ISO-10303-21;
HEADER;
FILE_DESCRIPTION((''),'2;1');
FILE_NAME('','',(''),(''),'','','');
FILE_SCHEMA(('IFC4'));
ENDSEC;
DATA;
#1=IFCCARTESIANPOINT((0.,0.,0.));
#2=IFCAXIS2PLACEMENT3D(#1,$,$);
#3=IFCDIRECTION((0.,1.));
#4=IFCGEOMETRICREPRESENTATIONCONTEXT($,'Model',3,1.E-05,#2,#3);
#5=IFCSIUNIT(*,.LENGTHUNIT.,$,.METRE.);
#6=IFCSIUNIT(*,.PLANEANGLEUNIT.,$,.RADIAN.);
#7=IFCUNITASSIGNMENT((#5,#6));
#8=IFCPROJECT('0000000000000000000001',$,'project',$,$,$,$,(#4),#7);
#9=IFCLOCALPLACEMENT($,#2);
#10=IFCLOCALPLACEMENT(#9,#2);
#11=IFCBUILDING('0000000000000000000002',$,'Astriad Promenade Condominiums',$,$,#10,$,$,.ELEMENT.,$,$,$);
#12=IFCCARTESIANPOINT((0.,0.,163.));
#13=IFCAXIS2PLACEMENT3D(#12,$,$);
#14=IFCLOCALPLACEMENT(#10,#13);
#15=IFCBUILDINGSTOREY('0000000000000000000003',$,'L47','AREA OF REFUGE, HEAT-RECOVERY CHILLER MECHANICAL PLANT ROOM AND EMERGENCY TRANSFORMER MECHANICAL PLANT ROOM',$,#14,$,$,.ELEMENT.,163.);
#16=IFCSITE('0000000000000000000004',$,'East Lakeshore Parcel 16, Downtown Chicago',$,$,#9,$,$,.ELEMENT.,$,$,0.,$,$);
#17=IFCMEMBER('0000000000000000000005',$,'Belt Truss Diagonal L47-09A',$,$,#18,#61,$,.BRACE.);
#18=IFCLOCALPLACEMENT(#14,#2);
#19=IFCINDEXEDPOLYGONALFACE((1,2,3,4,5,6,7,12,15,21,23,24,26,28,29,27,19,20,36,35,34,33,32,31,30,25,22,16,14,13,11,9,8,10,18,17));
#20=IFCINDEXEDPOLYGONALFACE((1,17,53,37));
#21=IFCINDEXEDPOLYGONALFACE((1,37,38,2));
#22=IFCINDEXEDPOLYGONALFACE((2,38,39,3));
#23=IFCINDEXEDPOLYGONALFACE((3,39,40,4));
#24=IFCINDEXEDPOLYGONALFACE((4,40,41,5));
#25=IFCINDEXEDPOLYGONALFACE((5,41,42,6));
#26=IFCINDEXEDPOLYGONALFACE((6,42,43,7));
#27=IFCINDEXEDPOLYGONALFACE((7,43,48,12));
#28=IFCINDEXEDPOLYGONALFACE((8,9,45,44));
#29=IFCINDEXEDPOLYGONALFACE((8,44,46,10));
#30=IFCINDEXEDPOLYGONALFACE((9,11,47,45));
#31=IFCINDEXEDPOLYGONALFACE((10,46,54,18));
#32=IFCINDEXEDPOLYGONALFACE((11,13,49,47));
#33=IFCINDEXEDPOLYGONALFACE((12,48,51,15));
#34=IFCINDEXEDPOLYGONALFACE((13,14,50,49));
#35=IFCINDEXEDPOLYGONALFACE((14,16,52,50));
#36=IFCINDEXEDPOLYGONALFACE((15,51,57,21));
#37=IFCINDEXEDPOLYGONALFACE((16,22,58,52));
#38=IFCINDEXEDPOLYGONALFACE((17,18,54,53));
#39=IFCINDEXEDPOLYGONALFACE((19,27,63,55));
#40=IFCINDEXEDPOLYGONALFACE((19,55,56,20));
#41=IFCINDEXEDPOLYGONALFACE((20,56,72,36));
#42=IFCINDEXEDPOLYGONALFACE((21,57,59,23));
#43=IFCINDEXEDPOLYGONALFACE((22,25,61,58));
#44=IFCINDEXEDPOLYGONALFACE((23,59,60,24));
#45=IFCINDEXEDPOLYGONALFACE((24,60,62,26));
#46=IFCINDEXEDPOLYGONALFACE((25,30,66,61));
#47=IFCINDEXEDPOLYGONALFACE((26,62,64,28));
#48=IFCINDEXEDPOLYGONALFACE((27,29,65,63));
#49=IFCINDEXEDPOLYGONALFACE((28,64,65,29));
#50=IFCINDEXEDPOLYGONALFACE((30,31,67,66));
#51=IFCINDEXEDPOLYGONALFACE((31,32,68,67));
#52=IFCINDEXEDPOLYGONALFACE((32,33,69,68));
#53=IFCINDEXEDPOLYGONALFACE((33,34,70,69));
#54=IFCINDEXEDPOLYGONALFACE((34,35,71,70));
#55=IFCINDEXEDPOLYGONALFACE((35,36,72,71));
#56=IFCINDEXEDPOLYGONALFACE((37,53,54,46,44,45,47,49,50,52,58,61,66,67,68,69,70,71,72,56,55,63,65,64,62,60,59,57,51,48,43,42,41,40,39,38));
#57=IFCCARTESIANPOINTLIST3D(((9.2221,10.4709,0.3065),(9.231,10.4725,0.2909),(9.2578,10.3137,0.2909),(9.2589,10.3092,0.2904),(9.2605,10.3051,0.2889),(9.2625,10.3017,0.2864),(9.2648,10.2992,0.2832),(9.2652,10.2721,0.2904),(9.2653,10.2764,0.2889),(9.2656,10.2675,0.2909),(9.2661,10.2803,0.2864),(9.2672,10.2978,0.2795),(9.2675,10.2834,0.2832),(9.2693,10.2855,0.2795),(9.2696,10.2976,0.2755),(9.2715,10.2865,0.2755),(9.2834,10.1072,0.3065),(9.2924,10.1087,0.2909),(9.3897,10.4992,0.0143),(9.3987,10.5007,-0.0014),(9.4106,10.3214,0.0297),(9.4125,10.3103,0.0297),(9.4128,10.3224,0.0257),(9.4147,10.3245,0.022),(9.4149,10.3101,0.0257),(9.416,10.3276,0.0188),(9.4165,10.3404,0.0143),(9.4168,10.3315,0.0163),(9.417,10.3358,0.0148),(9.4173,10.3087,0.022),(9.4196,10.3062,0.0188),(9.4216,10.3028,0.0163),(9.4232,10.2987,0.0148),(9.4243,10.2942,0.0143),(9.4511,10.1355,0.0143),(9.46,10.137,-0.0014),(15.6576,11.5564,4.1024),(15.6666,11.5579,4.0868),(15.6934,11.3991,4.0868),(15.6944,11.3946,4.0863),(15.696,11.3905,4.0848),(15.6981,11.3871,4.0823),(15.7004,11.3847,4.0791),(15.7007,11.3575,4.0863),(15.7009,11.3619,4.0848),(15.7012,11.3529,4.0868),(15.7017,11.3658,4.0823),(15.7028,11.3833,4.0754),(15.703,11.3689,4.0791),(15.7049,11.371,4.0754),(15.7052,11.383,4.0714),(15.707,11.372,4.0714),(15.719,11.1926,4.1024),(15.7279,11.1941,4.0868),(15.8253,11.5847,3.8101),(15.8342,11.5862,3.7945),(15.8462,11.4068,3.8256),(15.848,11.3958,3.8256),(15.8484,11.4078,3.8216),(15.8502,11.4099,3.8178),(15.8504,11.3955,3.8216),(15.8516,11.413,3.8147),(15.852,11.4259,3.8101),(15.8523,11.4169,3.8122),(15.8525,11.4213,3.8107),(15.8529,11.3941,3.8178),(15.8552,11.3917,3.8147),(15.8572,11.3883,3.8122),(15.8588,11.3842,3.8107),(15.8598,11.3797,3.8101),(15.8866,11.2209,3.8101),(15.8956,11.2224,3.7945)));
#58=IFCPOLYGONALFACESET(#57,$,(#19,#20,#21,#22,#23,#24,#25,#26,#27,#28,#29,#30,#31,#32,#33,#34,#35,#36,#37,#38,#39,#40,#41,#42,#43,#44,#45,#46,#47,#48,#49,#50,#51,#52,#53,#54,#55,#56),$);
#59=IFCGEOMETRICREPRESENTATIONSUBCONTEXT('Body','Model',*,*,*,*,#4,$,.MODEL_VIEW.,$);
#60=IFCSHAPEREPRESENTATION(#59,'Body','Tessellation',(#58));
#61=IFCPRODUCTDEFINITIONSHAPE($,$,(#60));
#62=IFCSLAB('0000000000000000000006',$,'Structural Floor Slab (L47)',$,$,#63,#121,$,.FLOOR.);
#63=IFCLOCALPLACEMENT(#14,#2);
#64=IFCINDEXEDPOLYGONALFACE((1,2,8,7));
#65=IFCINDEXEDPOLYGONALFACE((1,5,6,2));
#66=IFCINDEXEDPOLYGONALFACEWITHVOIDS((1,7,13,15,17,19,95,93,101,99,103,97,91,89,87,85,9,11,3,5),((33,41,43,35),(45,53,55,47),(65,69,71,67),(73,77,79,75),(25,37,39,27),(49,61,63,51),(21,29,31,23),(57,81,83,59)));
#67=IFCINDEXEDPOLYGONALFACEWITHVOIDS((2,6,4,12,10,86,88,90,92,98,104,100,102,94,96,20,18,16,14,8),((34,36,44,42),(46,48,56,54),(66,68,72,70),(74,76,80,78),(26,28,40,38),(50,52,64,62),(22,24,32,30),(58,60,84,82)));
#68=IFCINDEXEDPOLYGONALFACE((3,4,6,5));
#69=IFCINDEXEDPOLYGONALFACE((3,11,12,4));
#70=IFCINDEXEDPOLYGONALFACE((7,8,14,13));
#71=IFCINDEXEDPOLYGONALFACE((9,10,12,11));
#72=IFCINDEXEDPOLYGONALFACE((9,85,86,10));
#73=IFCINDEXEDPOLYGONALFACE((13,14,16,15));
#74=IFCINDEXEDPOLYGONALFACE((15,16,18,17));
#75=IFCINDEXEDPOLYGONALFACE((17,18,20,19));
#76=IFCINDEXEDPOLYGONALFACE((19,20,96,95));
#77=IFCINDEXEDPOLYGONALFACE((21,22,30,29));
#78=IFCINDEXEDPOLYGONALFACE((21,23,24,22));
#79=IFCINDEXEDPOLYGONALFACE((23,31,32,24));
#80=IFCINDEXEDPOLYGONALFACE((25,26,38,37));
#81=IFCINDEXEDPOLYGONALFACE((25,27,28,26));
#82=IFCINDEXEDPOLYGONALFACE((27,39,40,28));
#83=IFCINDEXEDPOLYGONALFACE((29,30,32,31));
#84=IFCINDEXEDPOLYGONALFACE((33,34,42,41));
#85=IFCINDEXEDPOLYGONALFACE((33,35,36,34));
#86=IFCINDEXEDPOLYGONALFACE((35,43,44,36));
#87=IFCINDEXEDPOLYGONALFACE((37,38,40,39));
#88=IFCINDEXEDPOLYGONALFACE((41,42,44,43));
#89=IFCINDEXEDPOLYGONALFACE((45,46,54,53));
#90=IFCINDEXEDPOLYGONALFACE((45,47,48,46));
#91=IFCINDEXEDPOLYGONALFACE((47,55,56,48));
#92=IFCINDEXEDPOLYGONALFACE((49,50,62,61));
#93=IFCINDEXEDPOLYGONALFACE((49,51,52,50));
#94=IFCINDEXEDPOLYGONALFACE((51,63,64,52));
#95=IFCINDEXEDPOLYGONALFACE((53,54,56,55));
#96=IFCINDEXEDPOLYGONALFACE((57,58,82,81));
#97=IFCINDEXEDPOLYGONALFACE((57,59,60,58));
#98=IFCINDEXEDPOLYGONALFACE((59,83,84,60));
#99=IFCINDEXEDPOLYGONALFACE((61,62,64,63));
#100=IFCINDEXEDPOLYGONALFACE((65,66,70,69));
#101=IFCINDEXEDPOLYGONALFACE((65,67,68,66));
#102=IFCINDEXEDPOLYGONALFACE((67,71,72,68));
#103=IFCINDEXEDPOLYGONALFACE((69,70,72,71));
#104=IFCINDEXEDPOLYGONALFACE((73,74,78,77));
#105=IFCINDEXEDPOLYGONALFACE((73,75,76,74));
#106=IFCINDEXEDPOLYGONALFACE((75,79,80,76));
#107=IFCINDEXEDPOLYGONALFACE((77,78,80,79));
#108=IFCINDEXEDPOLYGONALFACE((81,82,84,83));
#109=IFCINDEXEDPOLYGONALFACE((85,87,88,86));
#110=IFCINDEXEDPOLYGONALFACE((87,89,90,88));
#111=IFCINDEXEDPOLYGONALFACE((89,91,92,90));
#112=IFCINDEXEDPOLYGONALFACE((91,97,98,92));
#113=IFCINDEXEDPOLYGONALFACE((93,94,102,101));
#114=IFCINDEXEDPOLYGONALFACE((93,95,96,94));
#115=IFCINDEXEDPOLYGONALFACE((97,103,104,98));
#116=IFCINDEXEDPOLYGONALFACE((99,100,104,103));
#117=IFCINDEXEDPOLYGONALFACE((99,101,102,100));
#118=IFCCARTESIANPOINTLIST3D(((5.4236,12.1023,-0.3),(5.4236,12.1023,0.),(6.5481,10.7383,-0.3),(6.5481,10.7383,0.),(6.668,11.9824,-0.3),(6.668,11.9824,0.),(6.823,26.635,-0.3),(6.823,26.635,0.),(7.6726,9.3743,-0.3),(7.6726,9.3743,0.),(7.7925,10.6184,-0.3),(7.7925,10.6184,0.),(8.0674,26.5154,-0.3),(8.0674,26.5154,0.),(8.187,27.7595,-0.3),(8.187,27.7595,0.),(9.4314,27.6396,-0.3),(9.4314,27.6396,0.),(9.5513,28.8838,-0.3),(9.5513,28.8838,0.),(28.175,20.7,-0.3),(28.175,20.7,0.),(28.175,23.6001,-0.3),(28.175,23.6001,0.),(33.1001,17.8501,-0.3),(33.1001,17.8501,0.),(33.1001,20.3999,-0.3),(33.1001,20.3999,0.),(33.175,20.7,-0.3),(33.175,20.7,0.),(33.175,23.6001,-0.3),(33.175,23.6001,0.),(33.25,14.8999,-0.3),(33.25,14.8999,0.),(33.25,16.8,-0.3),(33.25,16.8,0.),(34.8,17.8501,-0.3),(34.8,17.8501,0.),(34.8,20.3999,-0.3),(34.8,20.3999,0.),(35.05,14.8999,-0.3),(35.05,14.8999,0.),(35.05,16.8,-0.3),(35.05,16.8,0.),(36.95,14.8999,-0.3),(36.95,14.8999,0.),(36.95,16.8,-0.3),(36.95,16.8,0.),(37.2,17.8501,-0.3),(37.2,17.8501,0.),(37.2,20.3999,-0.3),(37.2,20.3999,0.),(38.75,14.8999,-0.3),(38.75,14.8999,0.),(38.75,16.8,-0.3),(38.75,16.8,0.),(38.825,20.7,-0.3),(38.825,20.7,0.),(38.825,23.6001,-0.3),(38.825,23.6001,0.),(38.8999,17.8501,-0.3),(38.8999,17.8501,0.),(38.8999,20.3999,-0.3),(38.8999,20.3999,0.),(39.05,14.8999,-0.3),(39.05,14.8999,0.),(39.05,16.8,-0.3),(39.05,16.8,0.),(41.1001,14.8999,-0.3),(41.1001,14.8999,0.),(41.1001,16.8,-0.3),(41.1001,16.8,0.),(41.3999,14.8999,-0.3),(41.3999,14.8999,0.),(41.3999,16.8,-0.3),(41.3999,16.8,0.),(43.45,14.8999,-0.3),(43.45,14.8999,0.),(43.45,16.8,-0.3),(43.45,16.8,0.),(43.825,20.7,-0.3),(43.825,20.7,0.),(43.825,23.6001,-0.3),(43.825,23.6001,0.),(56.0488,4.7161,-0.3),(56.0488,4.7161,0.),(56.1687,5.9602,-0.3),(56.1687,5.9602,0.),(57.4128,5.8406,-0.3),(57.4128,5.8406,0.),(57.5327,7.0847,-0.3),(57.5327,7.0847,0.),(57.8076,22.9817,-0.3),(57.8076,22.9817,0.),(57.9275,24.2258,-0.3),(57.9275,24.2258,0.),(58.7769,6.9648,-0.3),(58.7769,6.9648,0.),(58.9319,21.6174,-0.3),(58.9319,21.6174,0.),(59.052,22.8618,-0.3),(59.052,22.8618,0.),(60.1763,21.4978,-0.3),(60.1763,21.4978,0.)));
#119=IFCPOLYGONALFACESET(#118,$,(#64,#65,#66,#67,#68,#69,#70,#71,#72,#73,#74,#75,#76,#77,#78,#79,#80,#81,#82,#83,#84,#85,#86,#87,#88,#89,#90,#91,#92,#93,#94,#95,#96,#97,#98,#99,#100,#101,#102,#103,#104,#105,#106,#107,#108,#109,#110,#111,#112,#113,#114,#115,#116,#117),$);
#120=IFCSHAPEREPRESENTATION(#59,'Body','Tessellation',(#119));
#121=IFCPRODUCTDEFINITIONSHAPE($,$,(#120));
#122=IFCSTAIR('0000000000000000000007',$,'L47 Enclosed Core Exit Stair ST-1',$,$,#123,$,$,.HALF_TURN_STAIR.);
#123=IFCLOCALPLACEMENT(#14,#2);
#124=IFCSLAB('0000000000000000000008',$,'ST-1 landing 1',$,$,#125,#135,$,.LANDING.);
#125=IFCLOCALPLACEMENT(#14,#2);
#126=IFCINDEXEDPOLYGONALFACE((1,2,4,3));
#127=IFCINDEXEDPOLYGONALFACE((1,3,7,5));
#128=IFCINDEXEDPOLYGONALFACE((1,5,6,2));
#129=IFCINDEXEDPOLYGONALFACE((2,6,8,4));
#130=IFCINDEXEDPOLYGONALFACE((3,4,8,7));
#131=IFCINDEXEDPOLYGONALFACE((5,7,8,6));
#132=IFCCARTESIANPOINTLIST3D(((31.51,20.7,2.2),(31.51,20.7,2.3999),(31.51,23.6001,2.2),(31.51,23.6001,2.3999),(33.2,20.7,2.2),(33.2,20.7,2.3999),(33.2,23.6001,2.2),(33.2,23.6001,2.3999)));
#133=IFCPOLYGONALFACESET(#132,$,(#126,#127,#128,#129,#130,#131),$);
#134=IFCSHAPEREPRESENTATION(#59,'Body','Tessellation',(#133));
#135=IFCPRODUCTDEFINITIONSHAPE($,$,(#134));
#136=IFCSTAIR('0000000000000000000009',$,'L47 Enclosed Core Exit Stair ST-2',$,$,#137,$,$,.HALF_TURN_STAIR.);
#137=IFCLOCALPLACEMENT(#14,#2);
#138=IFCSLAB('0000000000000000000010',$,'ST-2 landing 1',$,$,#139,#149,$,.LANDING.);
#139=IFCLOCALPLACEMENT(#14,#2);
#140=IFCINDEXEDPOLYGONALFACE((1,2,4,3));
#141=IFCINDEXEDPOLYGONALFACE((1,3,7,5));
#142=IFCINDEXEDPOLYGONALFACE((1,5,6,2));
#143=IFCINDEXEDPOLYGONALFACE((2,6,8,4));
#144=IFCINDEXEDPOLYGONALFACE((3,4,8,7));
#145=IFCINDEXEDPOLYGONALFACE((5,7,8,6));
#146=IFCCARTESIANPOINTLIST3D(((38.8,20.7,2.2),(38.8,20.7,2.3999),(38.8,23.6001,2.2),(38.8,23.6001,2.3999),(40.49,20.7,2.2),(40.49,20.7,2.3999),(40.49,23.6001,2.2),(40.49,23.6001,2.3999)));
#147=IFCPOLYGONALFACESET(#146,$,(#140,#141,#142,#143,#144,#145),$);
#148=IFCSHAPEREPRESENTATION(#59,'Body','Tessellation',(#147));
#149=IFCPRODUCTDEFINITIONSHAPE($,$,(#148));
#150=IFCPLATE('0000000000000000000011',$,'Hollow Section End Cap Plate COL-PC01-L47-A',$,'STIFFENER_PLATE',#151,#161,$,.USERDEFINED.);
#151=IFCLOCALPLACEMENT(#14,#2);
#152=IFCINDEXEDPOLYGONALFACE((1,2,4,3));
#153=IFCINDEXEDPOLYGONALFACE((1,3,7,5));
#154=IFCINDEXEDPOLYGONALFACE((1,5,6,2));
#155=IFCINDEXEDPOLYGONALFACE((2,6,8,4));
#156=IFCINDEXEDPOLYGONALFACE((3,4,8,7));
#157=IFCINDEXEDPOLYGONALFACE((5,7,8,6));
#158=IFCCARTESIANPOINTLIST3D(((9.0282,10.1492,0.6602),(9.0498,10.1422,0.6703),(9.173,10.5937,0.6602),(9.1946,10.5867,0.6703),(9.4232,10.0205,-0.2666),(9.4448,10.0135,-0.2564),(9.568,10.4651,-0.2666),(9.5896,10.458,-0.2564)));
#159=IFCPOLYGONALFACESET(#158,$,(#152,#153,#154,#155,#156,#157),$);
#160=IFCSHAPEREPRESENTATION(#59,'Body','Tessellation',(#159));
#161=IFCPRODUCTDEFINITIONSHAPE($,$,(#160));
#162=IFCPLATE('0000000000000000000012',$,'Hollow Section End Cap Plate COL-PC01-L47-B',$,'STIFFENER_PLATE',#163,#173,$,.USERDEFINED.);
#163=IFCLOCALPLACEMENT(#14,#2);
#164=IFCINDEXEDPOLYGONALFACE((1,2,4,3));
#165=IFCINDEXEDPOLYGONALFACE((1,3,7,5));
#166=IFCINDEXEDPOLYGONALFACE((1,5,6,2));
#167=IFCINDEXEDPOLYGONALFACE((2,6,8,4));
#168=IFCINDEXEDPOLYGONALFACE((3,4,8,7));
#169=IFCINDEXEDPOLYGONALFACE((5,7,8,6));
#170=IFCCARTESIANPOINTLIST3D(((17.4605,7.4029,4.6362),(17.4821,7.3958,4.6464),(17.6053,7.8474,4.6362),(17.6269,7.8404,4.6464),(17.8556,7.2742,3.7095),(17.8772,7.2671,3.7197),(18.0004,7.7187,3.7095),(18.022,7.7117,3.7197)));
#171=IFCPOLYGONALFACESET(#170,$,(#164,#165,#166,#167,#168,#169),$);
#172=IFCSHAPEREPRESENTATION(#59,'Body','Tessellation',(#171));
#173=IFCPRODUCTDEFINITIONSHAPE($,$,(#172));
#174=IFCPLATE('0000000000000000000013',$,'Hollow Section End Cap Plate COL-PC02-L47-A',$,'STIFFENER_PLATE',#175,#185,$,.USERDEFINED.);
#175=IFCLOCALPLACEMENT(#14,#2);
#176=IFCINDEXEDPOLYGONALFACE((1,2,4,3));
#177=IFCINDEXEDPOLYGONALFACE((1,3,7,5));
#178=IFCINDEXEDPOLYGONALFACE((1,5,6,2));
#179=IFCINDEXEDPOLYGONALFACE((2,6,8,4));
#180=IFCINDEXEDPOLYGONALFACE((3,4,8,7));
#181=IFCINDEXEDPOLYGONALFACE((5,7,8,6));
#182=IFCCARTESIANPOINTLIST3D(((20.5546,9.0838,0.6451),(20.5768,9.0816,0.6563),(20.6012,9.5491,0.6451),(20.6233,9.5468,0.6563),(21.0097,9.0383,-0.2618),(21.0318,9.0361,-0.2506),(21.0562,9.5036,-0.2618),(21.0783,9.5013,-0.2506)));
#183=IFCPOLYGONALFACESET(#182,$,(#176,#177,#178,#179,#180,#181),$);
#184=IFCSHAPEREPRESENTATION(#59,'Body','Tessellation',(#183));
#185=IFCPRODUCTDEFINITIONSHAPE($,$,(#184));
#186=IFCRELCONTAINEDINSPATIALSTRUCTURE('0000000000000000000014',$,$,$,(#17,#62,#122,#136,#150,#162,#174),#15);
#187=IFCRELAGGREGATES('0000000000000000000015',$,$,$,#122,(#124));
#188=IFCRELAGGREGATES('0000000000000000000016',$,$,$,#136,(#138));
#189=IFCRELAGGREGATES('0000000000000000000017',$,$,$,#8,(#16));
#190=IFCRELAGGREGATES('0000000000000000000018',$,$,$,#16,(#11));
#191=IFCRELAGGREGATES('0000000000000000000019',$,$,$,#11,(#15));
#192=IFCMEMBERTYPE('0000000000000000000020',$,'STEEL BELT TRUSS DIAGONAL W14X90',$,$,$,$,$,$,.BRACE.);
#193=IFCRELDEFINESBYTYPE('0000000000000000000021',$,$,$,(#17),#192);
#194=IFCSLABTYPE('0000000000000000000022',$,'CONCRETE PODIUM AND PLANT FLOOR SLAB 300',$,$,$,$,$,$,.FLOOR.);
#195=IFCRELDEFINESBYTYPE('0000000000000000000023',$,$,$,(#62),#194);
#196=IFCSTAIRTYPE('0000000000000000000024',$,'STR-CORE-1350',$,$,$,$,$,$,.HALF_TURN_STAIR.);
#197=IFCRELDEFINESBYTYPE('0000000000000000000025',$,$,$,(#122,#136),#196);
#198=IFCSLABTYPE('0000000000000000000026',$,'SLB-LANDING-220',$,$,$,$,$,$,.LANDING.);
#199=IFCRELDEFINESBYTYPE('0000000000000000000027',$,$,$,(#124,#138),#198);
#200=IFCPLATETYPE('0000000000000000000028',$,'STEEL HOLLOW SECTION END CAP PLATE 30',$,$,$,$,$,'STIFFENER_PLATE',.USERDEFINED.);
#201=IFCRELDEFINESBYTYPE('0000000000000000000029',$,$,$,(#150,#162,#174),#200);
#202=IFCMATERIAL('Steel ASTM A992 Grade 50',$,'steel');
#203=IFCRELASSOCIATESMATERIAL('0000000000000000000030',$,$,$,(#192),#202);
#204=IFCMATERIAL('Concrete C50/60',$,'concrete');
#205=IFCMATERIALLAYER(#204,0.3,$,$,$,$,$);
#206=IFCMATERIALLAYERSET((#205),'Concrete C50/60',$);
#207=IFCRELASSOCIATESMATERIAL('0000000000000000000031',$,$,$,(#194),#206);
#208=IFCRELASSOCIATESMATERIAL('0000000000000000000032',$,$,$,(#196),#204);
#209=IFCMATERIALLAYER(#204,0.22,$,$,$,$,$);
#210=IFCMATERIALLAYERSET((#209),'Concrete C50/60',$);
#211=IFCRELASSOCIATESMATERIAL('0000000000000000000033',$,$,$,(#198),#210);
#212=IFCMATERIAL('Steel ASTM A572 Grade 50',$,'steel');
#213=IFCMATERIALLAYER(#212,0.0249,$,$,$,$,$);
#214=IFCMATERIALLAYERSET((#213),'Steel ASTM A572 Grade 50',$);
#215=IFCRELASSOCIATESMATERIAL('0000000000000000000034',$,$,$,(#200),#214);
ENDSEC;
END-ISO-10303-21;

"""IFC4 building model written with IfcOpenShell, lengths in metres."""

from ifc_helpers import new_model, si_unit, direction, frame, origin, origin_2d, place, context, subcontext, project, spatial, polyline, rectangle, i_section, outline, extrude, source, transform, mapped, material, layer, layer_set, material_profile, profile_set, type_object, element, aggregate, save


model = new_model("IFC4")

# Units and contexts
model_context = context("Model", 3, precision=1e-05, world=origin(), true_north=direction((0.0, 1.0)))
body_context = subcontext(model_context, "Body", "Model", "MODEL_VIEW")
ifc_project = project(units=[si_unit("LENGTHUNIT", "METRE"), si_unit("PLANEANGLEUNIT", "RADIAN")], contexts=[model_context])

# Site, building, storey
site_placement = place(None, origin())
site = spatial("IfcSite", under=ifc_project, at=site_placement, Name="East Lakeshore Parcel 16, Downtown Chicago", CompositionType="ELEMENT", RefElevation=0.0)
building_placement = place(site_placement, origin())
building = spatial("IfcBuilding", under=site, at=building_placement, Name="Astriad Promenade Condominiums", CompositionType="ELEMENT")
storey_placement = place(building_placement, frame((0.0, 0.0, 163.0)))
storey = spatial("IfcBuildingStorey", under=building, at=storey_placement, Name="L47", Description="AREA OF REFUGE, HEAT-RECOVERY CHILLER MECHANICAL PLANT ROOM AND EMERGENCY TRANSFORMER MECHANICAL PLANT ROOM", CompositionType="ELEMENT", Elevation=163.0)

# Shared definitions
ifc_material_1 = material(Name="Steel ASTM A992 Grade 50", Category="steel")

# Member
ifc_material_profile_1 = material_profile(ifc_material_1, i_section(OverallWidth=0.3689, OverallDepth=0.3562, WebThickness=0.0112, FlangeThickness=0.0181, FilletRadius=0.0178, at=origin_2d()), Name="W14X90")
ifc_profile_set_1 = profile_set([ifc_material_profile_1], Name="Steel ASTM A992 Grade 50")
member_type_1 = type_object("IfcMemberType", Name="STEEL BELT TRUSS DIAGONAL W14X90", PredefinedType="BRACE", material=ifc_profile_set_1)
shared_shape_1 = source(origin(), body_context, "Body", "SweptSolid", [
    extrude(i_section(OverallWidth=0.3689, OverallDepth=0.3562, WebThickness=0.0112, FlangeThickness=0.0181, FilletRadius=0.0178, at=origin_2d()), origin(), (0.0, 0.0, 1.0), 7.55),
])
member_1_placement = place(storey_placement, frame((9.3411, 10.304, 0.1526), z_axis=(0.852384, 0.143767, 0.502764), x_axis=(-0.166316, 0.986073, 0.0)))
element("IfcMember", 1, at=member_1_placement, inside=storey, type_object=member_type_1, Name="Belt Truss Diagonal L47-09A", PredefinedType="BRACE", context=body_context, shape_type="MappedRepresentation", body=[
    mapped(shared_shape_1, transform((0.0, 0.0, 0.0), scale=1.0)),
])

# Slab
ifc_material_2 = material(Name="Concrete C50/60", Category="concrete")
ifc_layer_1 = layer(ifc_material_2, 0.3)
ifc_layer_set_1 = layer_set([ifc_layer_1], Name="Concrete C50/60")
slab_type_1 = type_object("IfcSlabType", Name="CONCRETE PODIUM AND PLANT FLOOR SLAB 300", PredefinedType="FLOOR", material=ifc_layer_set_1)
slab_1_placement = place(storey_placement, frame((0.0, 0.0, -0.3)))
element("IfcSlab", 2, at=slab_1_placement, inside=storey, type_object=slab_type_1, Name="Structural Floor Slab (L47)", PredefinedType="FLOOR", context=body_context, shape_type="SweptSolid", body=[
    extrude(outline(polyline([(7.6726, 9.3743), (56.0488, 4.7161), (56.1687, 5.9602), (57.4128, 5.8406), (57.5327, 7.0847), (58.7769, 6.9648), (60.1763, 21.4978), (58.9319, 21.6174), (59.052, 22.8618), (57.8076, 22.9817), (57.9275, 24.2258), (9.5513, 28.8838), (9.4314, 27.6396), (8.187, 27.7595), (8.0674, 26.5154), (6.823, 26.635), (5.4236, 12.1023), (6.668, 11.9824), (6.5481, 10.7383), (7.7925, 10.6184), (7.6726, 9.3743)]), holes=[polyline([(28.175, 20.7), (33.175, 20.7), (33.175, 23.6001), (28.175, 23.6001), (28.175, 20.7)]), polyline([(38.825, 20.7), (43.825, 20.7), (43.825, 23.6001), (38.825, 23.6001), (38.825, 20.7)]), polyline([(33.1001, 17.8501), (34.8, 17.8501), (34.8, 20.3999), (33.1001, 20.3999), (33.1001, 17.8501)]), polyline([(37.2, 17.8501), (38.8999, 17.8501), (38.8999, 20.3999), (37.2, 20.3999), (37.2, 17.8501)]), polyline([(33.25, 14.8999), (35.05, 14.8999), (35.05, 16.8), (33.25, 16.8), (33.25, 14.8999)]), polyline([(36.95, 14.8999), (38.75, 14.8999), (38.75, 16.8), (36.95, 16.8), (36.95, 14.8999)]), polyline([(39.05, 14.8999), (41.1001, 14.8999), (41.1001, 16.8), (39.05, 16.8), (39.05, 14.8999)]), polyline([(41.3999, 14.8999), (43.45, 14.8999), (43.45, 16.8), (41.3999, 16.8), (41.3999, 14.8999)])]), origin(), (0.0, 0.0, 1.0), 0.3),
])

# Stairs, slabs
stair_type = type_object("IfcStairType", Name="STR-CORE-1350", PredefinedType="HALF_TURN_STAIR", material=ifc_material_2)
stair_1_placement = place(storey_placement, origin())
stair_1 = element("IfcStair", 3, at=stair_1_placement, inside=storey, type_object=stair_type, Name="L47 Enclosed Core Exit Stair ST-1", PredefinedType="HALF_TURN_STAIR")
ifc_layer_2 = layer(ifc_material_2, 0.22)
ifc_layer_set_2 = layer_set([ifc_layer_2], Name="Concrete C50/60")
slab_type_2 = type_object("IfcSlabType", Name="SLB-LANDING-220", PredefinedType="LANDING", material=ifc_layer_set_2)
slab_2_placement = place(storey_placement, frame((0.0, 0.0, 2.2)))
slab_2 = element("IfcSlab", 4, at=slab_2_placement, type_object=slab_type_2, Name="ST-1 landing 1", PredefinedType="LANDING", context=body_context, shape_type="SweptSolid", body=[
    extrude(outline(polyline([(31.51, 20.7), (33.2, 20.7), (33.2, 23.6001), (31.51, 23.6001), (31.51, 20.7)])), origin(), (0.0, 0.0, 1.0), 0.2),
])
aggregate(stair_1, [slab_2])
stair_2_placement = place(storey_placement, origin())
stair_2 = element("IfcStair", 5, at=stair_2_placement, inside=storey, type_object=stair_type, Name="L47 Enclosed Core Exit Stair ST-2", PredefinedType="HALF_TURN_STAIR")
slab_3_placement = place(storey_placement, frame((0.0, 0.0, 2.2)))
slab_3 = element("IfcSlab", 6, at=slab_3_placement, type_object=slab_type_2, Name="ST-2 landing 1", PredefinedType="LANDING", context=body_context, shape_type="SweptSolid", body=[
    extrude(outline(polyline([(40.49, 23.6001), (38.8, 23.6001), (38.8, 20.7), (40.49, 20.7), (40.49, 23.6001)])), origin(), (0.0, 0.0, 1.0), 0.2),
])
aggregate(stair_2, [slab_3])

# Plates
ifc_material_3 = material(Name="Steel ASTM A572 Grade 50", Category="steel")
ifc_layer_3 = layer(ifc_material_3, 0.0249)
ifc_layer_set_3 = layer_set([ifc_layer_3], Name="Steel ASTM A572 Grade 50")
plate_type_1 = type_object("IfcPlateType", Name="STEEL HOLLOW SECTION END CAP PLATE 30", ElementType="STIFFENER_PLATE", PredefinedType="USERDEFINED", material=ifc_layer_set_3)
shared_shape_2 = source(origin(), body_context, "Body", "SweptSolid", [
    extrude(rectangle(XDim=0.4675, YDim=1.0156, at=origin_2d()), origin(), (0.0, 0.0, 1.0), 0.0249),
])
for number, where, z_axis, x_axis, name in (
    (7, (9.2981, 10.3071, 0.1968), (0.867628, -0.28259, 0.409103), (0.309692, 0.950837, 0.0), "Hollow Section End Cap Plate COL-PC01-L47-A"),
    (8, (17.7305, 7.5608, 4.1729), (0.867628, -0.28259, 0.409103), (0.309692, 0.950837, 0.0), "Hollow Section End Cap Plate COL-PC01-L47-B"),
    (9, (20.8054, 9.2937, 0.1917), (0.888455, -0.08884, 0.450283), (0.099497, 0.995038, 0.0), "Hollow Section End Cap Plate COL-PC02-L47-A"),
):
    element("IfcPlate", number, at=place(storey_placement, frame(where, z_axis=z_axis, x_axis=x_axis)), inside=storey, type_object=plate_type_1, Name=name, ObjectType="STIFFENER_PLATE", PredefinedType="USERDEFINED", context=body_context, shape_type="MappedRepresentation", body=[
        mapped(shared_shape_2, transform((0.0, 0.0, 0.0), scale=1.0)),
    ])

save(model, "model.ifc")
